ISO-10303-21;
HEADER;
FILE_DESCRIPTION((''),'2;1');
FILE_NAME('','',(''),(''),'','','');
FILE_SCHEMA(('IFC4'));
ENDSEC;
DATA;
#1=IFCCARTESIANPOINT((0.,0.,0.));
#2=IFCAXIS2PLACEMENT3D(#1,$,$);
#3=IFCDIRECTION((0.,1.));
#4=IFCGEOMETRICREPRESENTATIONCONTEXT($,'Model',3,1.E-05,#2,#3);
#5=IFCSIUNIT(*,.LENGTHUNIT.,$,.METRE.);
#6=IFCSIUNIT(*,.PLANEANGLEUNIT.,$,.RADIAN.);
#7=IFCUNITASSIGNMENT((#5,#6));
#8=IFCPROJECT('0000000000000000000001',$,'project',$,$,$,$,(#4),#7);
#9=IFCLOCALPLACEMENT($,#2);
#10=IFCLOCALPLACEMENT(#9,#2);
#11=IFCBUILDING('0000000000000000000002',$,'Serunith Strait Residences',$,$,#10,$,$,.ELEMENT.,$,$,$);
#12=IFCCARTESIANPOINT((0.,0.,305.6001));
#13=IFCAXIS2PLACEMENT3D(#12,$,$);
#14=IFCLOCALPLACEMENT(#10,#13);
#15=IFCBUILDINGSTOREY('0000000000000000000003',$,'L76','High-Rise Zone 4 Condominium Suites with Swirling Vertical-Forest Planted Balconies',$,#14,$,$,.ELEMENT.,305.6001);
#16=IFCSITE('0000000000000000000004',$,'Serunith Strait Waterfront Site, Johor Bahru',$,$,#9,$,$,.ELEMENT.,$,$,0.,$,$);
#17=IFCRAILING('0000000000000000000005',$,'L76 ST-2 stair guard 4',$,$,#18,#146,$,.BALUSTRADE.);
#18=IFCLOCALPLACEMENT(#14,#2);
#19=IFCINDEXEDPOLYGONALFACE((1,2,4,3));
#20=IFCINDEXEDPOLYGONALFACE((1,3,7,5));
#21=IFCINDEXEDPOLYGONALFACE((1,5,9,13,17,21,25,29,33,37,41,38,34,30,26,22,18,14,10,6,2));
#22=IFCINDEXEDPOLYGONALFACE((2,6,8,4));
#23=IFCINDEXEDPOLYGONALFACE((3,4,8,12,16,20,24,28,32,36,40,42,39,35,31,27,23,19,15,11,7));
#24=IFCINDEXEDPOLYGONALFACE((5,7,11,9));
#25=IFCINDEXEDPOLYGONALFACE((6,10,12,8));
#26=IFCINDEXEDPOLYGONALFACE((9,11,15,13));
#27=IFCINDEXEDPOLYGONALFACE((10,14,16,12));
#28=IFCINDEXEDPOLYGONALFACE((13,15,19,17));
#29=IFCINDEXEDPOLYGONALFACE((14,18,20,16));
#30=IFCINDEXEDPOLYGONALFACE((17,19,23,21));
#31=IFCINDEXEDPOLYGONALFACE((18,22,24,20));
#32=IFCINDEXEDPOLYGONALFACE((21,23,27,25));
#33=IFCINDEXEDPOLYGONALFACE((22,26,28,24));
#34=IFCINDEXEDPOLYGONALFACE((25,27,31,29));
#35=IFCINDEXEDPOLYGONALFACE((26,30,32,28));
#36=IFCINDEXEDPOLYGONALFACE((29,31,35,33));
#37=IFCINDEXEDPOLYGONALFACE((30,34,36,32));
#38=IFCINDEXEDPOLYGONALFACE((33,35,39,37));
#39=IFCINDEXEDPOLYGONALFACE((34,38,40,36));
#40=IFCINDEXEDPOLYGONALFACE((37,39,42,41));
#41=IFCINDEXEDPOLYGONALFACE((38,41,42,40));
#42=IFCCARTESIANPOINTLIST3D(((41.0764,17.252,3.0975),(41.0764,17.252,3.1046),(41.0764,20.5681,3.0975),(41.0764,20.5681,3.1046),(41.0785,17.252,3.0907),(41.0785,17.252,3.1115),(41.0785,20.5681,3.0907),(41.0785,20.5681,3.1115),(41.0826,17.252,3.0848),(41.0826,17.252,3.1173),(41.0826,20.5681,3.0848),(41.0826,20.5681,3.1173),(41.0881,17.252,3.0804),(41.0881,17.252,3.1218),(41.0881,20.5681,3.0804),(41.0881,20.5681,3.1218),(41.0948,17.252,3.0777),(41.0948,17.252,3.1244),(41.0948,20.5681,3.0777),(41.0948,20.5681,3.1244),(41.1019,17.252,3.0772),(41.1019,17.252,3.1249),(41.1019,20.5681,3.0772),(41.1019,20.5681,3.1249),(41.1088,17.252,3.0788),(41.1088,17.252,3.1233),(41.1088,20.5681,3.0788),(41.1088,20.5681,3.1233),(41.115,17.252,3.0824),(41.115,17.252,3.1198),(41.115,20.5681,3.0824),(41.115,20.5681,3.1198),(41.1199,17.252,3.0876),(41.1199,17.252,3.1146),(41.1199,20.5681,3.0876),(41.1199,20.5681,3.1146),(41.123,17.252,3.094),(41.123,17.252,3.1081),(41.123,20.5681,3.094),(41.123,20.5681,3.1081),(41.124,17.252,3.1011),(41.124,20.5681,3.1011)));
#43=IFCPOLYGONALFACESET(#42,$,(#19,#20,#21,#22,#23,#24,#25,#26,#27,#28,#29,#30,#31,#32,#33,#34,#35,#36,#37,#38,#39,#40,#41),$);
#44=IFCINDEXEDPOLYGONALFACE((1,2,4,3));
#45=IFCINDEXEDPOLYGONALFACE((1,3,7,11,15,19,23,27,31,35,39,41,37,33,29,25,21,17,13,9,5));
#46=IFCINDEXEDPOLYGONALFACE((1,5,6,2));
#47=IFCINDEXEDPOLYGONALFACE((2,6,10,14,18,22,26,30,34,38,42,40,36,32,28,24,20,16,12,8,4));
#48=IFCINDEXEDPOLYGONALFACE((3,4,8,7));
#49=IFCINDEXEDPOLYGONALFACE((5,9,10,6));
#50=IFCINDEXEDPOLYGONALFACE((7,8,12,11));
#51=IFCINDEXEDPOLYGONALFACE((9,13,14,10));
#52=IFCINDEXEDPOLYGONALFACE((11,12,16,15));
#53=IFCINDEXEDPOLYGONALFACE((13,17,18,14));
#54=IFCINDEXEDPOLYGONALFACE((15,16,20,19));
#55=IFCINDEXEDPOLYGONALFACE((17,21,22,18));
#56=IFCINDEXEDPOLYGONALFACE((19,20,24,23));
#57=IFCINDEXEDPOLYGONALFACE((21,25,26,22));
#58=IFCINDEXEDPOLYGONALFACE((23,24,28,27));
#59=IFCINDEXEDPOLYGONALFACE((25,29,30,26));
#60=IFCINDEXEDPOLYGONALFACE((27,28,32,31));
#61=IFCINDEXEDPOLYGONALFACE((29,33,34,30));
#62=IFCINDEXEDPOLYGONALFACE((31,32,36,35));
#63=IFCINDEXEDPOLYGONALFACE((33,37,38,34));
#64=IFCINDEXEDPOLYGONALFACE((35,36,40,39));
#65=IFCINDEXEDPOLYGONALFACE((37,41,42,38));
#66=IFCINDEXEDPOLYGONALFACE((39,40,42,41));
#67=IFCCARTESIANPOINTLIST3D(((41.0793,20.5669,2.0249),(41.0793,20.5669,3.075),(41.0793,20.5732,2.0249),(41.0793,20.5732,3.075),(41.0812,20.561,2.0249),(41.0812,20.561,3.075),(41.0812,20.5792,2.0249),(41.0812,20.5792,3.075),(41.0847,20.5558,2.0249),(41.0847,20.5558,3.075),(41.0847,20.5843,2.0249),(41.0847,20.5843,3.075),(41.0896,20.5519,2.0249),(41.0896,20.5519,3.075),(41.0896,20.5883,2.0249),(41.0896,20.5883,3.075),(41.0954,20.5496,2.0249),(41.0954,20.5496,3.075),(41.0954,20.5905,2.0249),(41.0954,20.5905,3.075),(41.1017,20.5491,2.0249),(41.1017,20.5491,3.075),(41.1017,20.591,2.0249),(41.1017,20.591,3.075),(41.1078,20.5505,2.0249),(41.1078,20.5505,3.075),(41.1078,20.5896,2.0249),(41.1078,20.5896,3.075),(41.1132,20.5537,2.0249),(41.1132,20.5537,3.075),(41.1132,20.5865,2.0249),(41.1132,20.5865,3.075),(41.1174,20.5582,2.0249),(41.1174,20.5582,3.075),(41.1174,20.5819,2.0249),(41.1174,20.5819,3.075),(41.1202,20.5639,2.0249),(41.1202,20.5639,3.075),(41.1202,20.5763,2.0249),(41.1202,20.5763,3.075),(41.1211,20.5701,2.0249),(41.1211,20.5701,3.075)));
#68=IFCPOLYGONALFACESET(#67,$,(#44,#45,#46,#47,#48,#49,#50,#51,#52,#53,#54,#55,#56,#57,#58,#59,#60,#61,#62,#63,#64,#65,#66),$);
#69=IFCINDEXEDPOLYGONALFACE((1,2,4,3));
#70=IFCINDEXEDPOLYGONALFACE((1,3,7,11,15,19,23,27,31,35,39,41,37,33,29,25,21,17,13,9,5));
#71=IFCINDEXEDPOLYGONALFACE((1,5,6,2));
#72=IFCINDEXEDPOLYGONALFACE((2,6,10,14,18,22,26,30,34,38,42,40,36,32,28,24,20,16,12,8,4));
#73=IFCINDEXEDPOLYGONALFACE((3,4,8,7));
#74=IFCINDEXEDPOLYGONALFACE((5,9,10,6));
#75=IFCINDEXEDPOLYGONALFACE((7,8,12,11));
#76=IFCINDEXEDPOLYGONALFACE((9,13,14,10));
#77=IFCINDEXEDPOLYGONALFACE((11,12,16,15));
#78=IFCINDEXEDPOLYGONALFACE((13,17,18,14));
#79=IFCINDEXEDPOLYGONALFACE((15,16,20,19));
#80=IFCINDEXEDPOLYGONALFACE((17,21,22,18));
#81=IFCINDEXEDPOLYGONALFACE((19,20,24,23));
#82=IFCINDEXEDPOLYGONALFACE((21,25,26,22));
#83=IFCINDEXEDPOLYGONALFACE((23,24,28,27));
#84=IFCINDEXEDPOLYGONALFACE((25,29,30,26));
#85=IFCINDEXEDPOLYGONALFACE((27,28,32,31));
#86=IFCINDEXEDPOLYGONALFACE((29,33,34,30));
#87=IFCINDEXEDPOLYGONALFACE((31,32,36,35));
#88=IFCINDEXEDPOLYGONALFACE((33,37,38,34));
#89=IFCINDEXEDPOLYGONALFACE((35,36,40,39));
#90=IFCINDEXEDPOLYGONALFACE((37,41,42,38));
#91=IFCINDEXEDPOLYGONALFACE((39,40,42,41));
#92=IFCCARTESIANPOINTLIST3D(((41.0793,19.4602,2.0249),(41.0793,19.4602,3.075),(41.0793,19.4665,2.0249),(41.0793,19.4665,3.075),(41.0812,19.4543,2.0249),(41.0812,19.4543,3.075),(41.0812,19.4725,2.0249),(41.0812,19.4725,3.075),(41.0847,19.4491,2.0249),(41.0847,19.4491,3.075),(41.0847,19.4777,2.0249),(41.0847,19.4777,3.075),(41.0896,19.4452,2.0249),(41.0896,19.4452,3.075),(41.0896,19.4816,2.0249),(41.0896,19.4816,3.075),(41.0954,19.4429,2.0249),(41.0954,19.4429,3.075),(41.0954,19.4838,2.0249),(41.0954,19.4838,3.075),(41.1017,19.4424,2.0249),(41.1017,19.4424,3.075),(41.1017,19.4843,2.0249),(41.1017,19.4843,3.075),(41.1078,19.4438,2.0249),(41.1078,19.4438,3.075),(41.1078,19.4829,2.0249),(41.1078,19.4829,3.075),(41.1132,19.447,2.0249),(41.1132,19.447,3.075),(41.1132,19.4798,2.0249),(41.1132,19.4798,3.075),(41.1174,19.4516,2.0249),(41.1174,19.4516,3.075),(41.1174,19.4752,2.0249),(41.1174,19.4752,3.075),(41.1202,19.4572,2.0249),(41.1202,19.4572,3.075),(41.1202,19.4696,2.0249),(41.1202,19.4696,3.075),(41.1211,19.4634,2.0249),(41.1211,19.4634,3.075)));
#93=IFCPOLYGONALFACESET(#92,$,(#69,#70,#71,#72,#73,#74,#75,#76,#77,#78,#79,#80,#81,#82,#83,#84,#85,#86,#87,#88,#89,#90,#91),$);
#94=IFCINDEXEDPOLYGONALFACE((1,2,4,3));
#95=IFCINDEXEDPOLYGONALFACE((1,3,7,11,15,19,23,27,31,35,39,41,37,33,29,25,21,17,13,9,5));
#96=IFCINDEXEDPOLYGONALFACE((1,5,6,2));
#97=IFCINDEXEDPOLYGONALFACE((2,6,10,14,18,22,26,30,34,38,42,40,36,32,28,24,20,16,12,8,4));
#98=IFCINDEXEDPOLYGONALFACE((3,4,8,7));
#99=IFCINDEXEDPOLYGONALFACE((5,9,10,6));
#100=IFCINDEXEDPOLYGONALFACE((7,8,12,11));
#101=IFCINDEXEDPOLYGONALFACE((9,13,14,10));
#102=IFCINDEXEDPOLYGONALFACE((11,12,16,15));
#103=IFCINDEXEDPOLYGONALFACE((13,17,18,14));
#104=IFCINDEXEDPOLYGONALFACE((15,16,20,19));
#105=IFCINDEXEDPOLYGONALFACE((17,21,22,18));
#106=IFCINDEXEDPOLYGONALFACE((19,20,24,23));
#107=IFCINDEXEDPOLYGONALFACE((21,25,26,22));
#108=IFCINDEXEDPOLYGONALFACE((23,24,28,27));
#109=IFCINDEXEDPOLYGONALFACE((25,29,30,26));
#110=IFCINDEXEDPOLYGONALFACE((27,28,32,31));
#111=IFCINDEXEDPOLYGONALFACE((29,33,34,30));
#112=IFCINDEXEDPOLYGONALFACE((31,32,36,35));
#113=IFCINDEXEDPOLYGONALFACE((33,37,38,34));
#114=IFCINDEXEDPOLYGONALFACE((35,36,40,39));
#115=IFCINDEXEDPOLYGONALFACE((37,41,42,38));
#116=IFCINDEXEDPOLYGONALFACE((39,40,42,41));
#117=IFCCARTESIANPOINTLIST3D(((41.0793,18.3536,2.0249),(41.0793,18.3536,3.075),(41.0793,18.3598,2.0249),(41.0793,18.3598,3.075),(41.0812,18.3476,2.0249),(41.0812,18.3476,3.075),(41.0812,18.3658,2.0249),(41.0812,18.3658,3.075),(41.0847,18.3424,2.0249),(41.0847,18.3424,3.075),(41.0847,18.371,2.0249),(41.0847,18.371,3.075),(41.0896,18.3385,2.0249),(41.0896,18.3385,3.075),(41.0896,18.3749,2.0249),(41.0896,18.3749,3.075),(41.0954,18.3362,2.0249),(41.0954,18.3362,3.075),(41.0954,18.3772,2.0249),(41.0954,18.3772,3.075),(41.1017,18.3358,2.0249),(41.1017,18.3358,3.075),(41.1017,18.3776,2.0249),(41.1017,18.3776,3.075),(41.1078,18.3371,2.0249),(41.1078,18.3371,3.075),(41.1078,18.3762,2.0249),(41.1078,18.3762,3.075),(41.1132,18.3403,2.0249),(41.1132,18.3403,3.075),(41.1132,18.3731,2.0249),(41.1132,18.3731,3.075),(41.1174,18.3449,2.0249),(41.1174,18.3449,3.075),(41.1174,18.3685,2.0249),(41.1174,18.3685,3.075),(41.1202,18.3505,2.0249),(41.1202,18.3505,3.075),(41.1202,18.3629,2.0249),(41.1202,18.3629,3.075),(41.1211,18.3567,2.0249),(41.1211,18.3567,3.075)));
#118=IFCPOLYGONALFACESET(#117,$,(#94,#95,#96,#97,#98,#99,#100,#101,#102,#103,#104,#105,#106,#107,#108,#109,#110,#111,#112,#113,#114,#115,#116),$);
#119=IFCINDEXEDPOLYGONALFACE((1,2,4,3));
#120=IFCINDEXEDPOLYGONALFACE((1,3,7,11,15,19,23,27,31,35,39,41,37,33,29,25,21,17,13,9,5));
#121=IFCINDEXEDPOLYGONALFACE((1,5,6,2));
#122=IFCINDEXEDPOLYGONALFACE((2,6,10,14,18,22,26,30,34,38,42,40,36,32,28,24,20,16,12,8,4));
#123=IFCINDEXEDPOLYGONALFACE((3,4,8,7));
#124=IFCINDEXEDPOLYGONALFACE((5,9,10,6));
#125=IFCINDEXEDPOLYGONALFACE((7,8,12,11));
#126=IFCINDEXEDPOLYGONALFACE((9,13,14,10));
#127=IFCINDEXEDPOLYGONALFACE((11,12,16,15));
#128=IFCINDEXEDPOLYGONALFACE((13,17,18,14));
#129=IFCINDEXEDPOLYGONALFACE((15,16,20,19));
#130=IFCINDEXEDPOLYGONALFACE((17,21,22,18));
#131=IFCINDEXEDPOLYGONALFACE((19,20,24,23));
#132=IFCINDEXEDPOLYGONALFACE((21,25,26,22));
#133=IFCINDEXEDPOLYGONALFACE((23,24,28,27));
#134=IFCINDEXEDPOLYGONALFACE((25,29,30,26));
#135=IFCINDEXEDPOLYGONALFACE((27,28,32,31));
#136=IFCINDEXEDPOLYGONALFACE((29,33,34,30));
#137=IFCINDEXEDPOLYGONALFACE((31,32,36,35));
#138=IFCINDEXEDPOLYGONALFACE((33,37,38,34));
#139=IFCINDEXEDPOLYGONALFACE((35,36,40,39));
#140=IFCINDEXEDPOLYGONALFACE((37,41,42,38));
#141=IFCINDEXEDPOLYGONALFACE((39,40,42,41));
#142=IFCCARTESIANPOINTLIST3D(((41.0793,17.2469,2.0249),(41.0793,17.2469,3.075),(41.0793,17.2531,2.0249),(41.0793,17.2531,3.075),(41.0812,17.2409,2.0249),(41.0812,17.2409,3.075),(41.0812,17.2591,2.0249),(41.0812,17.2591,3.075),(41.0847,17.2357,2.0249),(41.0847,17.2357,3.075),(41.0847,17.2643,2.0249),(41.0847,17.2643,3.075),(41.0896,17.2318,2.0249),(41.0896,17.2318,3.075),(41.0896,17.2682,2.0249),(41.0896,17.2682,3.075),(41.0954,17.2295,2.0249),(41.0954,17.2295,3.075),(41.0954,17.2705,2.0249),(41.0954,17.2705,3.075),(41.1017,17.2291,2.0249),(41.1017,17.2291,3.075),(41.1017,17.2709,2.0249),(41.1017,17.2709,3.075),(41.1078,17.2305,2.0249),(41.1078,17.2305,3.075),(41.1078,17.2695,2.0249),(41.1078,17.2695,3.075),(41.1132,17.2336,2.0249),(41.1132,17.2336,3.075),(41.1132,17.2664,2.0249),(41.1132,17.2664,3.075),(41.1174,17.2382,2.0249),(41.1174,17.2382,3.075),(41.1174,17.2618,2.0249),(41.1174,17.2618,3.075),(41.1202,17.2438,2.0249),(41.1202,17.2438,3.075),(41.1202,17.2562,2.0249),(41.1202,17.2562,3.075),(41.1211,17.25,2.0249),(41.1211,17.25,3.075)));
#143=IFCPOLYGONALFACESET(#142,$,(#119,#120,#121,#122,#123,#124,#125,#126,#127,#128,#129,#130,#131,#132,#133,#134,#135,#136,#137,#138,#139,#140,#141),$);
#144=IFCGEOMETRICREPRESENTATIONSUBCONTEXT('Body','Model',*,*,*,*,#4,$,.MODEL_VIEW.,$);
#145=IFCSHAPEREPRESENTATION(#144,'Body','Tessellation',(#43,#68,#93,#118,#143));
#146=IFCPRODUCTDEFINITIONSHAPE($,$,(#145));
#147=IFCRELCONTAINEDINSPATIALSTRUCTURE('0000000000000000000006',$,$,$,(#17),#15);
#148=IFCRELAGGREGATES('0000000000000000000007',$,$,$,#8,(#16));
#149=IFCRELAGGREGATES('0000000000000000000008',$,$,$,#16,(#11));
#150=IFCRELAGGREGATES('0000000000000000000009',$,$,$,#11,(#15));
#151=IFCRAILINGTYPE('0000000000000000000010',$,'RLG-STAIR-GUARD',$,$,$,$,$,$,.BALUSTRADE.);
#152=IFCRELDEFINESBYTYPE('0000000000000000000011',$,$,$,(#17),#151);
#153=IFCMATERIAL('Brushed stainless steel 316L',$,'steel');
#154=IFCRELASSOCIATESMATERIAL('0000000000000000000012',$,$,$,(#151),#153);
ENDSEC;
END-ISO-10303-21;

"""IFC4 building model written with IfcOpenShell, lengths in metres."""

from ifc_helpers import new_model, si_unit, direction, frame, origin, origin_2d, place, context, subcontext, project, spatial, circle, extrude, material, type_object, element, save


model = new_model("IFC4")

# Units and contexts
model_context = context("Model", 3, precision=1e-05, world=origin(), true_north=direction((0.0, 1.0)))
body_context = subcontext(model_context, "Body", "Model", "MODEL_VIEW")
ifc_project = project(units=[si_unit("LENGTHUNIT", "METRE"), si_unit("PLANEANGLEUNIT", "RADIAN")], contexts=[model_context])

# Site, building, storey
site_placement = place(None, origin())
site = spatial("IfcSite", under=ifc_project, at=site_placement, Name="Serunith Strait Waterfront Site, Johor Bahru", CompositionType="ELEMENT", RefElevation=0.0)
building_placement = place(site_placement, origin())
building = spatial("IfcBuilding", under=site, at=building_placement, Name="Serunith Strait Residences", CompositionType="ELEMENT")
storey_placement = place(building_placement, frame((0.0, 0.0, 305.6001)))
storey = spatial("IfcBuildingStorey", under=building, at=storey_placement, Name="L76", Description="High-Rise Zone 4 Condominium Suites with Swirling Vertical-Forest Planted Balconies", CompositionType="ELEMENT", Elevation=305.6001)

# Railing
ifc_material_1 = material(Name="Brushed stainless steel 316L", Category="steel")
railing_type_1 = type_object("IfcRailingType", Name="RLG-STAIR-GUARD", PredefinedType="BALUSTRADE", material=ifc_material_1)
for number, where, name in (
    (1, (41.1001, 20.5701, 2.0249), "L76 ST-2 stair guard 4"),
):
    element("IfcRailing", number, at=place(storey_placement, frame(where)), inside=storey, type_object=railing_type_1, Name=name, PredefinedType="BALUSTRADE", context=body_context, shape_type="SweptSolid", body=[
        extrude(circle(Radius=0.0239, at=origin_2d()), frame((0.0, -0.002, 1.0762), z_axis=(0.0, -1.0, 0.0), x_axis=(1.0, 0.0, 0.0)), (0.0, 0.0, 1.0), 3.3162),
        extrude(circle(Radius=0.021, at=origin_2d()), origin(), (0.0, 0.0, 1.0), 1.05),
        extrude(circle(Radius=0.021, at=origin_2d()), frame((0.0, -1.1067, 0.0)), (0.0, 0.0, 1.0), 1.05),
        extrude(circle(Radius=0.021, at=origin_2d()), frame((0.0, -2.2134, 0.0)), (0.0, 0.0, 1.0), 1.05),
        extrude(circle(Radius=0.021, at=origin_2d()), frame((0.0, -3.3201, 0.0)), (0.0, 0.0, 1.0), 1.05),
    ])

save(model, "model.ifc")
